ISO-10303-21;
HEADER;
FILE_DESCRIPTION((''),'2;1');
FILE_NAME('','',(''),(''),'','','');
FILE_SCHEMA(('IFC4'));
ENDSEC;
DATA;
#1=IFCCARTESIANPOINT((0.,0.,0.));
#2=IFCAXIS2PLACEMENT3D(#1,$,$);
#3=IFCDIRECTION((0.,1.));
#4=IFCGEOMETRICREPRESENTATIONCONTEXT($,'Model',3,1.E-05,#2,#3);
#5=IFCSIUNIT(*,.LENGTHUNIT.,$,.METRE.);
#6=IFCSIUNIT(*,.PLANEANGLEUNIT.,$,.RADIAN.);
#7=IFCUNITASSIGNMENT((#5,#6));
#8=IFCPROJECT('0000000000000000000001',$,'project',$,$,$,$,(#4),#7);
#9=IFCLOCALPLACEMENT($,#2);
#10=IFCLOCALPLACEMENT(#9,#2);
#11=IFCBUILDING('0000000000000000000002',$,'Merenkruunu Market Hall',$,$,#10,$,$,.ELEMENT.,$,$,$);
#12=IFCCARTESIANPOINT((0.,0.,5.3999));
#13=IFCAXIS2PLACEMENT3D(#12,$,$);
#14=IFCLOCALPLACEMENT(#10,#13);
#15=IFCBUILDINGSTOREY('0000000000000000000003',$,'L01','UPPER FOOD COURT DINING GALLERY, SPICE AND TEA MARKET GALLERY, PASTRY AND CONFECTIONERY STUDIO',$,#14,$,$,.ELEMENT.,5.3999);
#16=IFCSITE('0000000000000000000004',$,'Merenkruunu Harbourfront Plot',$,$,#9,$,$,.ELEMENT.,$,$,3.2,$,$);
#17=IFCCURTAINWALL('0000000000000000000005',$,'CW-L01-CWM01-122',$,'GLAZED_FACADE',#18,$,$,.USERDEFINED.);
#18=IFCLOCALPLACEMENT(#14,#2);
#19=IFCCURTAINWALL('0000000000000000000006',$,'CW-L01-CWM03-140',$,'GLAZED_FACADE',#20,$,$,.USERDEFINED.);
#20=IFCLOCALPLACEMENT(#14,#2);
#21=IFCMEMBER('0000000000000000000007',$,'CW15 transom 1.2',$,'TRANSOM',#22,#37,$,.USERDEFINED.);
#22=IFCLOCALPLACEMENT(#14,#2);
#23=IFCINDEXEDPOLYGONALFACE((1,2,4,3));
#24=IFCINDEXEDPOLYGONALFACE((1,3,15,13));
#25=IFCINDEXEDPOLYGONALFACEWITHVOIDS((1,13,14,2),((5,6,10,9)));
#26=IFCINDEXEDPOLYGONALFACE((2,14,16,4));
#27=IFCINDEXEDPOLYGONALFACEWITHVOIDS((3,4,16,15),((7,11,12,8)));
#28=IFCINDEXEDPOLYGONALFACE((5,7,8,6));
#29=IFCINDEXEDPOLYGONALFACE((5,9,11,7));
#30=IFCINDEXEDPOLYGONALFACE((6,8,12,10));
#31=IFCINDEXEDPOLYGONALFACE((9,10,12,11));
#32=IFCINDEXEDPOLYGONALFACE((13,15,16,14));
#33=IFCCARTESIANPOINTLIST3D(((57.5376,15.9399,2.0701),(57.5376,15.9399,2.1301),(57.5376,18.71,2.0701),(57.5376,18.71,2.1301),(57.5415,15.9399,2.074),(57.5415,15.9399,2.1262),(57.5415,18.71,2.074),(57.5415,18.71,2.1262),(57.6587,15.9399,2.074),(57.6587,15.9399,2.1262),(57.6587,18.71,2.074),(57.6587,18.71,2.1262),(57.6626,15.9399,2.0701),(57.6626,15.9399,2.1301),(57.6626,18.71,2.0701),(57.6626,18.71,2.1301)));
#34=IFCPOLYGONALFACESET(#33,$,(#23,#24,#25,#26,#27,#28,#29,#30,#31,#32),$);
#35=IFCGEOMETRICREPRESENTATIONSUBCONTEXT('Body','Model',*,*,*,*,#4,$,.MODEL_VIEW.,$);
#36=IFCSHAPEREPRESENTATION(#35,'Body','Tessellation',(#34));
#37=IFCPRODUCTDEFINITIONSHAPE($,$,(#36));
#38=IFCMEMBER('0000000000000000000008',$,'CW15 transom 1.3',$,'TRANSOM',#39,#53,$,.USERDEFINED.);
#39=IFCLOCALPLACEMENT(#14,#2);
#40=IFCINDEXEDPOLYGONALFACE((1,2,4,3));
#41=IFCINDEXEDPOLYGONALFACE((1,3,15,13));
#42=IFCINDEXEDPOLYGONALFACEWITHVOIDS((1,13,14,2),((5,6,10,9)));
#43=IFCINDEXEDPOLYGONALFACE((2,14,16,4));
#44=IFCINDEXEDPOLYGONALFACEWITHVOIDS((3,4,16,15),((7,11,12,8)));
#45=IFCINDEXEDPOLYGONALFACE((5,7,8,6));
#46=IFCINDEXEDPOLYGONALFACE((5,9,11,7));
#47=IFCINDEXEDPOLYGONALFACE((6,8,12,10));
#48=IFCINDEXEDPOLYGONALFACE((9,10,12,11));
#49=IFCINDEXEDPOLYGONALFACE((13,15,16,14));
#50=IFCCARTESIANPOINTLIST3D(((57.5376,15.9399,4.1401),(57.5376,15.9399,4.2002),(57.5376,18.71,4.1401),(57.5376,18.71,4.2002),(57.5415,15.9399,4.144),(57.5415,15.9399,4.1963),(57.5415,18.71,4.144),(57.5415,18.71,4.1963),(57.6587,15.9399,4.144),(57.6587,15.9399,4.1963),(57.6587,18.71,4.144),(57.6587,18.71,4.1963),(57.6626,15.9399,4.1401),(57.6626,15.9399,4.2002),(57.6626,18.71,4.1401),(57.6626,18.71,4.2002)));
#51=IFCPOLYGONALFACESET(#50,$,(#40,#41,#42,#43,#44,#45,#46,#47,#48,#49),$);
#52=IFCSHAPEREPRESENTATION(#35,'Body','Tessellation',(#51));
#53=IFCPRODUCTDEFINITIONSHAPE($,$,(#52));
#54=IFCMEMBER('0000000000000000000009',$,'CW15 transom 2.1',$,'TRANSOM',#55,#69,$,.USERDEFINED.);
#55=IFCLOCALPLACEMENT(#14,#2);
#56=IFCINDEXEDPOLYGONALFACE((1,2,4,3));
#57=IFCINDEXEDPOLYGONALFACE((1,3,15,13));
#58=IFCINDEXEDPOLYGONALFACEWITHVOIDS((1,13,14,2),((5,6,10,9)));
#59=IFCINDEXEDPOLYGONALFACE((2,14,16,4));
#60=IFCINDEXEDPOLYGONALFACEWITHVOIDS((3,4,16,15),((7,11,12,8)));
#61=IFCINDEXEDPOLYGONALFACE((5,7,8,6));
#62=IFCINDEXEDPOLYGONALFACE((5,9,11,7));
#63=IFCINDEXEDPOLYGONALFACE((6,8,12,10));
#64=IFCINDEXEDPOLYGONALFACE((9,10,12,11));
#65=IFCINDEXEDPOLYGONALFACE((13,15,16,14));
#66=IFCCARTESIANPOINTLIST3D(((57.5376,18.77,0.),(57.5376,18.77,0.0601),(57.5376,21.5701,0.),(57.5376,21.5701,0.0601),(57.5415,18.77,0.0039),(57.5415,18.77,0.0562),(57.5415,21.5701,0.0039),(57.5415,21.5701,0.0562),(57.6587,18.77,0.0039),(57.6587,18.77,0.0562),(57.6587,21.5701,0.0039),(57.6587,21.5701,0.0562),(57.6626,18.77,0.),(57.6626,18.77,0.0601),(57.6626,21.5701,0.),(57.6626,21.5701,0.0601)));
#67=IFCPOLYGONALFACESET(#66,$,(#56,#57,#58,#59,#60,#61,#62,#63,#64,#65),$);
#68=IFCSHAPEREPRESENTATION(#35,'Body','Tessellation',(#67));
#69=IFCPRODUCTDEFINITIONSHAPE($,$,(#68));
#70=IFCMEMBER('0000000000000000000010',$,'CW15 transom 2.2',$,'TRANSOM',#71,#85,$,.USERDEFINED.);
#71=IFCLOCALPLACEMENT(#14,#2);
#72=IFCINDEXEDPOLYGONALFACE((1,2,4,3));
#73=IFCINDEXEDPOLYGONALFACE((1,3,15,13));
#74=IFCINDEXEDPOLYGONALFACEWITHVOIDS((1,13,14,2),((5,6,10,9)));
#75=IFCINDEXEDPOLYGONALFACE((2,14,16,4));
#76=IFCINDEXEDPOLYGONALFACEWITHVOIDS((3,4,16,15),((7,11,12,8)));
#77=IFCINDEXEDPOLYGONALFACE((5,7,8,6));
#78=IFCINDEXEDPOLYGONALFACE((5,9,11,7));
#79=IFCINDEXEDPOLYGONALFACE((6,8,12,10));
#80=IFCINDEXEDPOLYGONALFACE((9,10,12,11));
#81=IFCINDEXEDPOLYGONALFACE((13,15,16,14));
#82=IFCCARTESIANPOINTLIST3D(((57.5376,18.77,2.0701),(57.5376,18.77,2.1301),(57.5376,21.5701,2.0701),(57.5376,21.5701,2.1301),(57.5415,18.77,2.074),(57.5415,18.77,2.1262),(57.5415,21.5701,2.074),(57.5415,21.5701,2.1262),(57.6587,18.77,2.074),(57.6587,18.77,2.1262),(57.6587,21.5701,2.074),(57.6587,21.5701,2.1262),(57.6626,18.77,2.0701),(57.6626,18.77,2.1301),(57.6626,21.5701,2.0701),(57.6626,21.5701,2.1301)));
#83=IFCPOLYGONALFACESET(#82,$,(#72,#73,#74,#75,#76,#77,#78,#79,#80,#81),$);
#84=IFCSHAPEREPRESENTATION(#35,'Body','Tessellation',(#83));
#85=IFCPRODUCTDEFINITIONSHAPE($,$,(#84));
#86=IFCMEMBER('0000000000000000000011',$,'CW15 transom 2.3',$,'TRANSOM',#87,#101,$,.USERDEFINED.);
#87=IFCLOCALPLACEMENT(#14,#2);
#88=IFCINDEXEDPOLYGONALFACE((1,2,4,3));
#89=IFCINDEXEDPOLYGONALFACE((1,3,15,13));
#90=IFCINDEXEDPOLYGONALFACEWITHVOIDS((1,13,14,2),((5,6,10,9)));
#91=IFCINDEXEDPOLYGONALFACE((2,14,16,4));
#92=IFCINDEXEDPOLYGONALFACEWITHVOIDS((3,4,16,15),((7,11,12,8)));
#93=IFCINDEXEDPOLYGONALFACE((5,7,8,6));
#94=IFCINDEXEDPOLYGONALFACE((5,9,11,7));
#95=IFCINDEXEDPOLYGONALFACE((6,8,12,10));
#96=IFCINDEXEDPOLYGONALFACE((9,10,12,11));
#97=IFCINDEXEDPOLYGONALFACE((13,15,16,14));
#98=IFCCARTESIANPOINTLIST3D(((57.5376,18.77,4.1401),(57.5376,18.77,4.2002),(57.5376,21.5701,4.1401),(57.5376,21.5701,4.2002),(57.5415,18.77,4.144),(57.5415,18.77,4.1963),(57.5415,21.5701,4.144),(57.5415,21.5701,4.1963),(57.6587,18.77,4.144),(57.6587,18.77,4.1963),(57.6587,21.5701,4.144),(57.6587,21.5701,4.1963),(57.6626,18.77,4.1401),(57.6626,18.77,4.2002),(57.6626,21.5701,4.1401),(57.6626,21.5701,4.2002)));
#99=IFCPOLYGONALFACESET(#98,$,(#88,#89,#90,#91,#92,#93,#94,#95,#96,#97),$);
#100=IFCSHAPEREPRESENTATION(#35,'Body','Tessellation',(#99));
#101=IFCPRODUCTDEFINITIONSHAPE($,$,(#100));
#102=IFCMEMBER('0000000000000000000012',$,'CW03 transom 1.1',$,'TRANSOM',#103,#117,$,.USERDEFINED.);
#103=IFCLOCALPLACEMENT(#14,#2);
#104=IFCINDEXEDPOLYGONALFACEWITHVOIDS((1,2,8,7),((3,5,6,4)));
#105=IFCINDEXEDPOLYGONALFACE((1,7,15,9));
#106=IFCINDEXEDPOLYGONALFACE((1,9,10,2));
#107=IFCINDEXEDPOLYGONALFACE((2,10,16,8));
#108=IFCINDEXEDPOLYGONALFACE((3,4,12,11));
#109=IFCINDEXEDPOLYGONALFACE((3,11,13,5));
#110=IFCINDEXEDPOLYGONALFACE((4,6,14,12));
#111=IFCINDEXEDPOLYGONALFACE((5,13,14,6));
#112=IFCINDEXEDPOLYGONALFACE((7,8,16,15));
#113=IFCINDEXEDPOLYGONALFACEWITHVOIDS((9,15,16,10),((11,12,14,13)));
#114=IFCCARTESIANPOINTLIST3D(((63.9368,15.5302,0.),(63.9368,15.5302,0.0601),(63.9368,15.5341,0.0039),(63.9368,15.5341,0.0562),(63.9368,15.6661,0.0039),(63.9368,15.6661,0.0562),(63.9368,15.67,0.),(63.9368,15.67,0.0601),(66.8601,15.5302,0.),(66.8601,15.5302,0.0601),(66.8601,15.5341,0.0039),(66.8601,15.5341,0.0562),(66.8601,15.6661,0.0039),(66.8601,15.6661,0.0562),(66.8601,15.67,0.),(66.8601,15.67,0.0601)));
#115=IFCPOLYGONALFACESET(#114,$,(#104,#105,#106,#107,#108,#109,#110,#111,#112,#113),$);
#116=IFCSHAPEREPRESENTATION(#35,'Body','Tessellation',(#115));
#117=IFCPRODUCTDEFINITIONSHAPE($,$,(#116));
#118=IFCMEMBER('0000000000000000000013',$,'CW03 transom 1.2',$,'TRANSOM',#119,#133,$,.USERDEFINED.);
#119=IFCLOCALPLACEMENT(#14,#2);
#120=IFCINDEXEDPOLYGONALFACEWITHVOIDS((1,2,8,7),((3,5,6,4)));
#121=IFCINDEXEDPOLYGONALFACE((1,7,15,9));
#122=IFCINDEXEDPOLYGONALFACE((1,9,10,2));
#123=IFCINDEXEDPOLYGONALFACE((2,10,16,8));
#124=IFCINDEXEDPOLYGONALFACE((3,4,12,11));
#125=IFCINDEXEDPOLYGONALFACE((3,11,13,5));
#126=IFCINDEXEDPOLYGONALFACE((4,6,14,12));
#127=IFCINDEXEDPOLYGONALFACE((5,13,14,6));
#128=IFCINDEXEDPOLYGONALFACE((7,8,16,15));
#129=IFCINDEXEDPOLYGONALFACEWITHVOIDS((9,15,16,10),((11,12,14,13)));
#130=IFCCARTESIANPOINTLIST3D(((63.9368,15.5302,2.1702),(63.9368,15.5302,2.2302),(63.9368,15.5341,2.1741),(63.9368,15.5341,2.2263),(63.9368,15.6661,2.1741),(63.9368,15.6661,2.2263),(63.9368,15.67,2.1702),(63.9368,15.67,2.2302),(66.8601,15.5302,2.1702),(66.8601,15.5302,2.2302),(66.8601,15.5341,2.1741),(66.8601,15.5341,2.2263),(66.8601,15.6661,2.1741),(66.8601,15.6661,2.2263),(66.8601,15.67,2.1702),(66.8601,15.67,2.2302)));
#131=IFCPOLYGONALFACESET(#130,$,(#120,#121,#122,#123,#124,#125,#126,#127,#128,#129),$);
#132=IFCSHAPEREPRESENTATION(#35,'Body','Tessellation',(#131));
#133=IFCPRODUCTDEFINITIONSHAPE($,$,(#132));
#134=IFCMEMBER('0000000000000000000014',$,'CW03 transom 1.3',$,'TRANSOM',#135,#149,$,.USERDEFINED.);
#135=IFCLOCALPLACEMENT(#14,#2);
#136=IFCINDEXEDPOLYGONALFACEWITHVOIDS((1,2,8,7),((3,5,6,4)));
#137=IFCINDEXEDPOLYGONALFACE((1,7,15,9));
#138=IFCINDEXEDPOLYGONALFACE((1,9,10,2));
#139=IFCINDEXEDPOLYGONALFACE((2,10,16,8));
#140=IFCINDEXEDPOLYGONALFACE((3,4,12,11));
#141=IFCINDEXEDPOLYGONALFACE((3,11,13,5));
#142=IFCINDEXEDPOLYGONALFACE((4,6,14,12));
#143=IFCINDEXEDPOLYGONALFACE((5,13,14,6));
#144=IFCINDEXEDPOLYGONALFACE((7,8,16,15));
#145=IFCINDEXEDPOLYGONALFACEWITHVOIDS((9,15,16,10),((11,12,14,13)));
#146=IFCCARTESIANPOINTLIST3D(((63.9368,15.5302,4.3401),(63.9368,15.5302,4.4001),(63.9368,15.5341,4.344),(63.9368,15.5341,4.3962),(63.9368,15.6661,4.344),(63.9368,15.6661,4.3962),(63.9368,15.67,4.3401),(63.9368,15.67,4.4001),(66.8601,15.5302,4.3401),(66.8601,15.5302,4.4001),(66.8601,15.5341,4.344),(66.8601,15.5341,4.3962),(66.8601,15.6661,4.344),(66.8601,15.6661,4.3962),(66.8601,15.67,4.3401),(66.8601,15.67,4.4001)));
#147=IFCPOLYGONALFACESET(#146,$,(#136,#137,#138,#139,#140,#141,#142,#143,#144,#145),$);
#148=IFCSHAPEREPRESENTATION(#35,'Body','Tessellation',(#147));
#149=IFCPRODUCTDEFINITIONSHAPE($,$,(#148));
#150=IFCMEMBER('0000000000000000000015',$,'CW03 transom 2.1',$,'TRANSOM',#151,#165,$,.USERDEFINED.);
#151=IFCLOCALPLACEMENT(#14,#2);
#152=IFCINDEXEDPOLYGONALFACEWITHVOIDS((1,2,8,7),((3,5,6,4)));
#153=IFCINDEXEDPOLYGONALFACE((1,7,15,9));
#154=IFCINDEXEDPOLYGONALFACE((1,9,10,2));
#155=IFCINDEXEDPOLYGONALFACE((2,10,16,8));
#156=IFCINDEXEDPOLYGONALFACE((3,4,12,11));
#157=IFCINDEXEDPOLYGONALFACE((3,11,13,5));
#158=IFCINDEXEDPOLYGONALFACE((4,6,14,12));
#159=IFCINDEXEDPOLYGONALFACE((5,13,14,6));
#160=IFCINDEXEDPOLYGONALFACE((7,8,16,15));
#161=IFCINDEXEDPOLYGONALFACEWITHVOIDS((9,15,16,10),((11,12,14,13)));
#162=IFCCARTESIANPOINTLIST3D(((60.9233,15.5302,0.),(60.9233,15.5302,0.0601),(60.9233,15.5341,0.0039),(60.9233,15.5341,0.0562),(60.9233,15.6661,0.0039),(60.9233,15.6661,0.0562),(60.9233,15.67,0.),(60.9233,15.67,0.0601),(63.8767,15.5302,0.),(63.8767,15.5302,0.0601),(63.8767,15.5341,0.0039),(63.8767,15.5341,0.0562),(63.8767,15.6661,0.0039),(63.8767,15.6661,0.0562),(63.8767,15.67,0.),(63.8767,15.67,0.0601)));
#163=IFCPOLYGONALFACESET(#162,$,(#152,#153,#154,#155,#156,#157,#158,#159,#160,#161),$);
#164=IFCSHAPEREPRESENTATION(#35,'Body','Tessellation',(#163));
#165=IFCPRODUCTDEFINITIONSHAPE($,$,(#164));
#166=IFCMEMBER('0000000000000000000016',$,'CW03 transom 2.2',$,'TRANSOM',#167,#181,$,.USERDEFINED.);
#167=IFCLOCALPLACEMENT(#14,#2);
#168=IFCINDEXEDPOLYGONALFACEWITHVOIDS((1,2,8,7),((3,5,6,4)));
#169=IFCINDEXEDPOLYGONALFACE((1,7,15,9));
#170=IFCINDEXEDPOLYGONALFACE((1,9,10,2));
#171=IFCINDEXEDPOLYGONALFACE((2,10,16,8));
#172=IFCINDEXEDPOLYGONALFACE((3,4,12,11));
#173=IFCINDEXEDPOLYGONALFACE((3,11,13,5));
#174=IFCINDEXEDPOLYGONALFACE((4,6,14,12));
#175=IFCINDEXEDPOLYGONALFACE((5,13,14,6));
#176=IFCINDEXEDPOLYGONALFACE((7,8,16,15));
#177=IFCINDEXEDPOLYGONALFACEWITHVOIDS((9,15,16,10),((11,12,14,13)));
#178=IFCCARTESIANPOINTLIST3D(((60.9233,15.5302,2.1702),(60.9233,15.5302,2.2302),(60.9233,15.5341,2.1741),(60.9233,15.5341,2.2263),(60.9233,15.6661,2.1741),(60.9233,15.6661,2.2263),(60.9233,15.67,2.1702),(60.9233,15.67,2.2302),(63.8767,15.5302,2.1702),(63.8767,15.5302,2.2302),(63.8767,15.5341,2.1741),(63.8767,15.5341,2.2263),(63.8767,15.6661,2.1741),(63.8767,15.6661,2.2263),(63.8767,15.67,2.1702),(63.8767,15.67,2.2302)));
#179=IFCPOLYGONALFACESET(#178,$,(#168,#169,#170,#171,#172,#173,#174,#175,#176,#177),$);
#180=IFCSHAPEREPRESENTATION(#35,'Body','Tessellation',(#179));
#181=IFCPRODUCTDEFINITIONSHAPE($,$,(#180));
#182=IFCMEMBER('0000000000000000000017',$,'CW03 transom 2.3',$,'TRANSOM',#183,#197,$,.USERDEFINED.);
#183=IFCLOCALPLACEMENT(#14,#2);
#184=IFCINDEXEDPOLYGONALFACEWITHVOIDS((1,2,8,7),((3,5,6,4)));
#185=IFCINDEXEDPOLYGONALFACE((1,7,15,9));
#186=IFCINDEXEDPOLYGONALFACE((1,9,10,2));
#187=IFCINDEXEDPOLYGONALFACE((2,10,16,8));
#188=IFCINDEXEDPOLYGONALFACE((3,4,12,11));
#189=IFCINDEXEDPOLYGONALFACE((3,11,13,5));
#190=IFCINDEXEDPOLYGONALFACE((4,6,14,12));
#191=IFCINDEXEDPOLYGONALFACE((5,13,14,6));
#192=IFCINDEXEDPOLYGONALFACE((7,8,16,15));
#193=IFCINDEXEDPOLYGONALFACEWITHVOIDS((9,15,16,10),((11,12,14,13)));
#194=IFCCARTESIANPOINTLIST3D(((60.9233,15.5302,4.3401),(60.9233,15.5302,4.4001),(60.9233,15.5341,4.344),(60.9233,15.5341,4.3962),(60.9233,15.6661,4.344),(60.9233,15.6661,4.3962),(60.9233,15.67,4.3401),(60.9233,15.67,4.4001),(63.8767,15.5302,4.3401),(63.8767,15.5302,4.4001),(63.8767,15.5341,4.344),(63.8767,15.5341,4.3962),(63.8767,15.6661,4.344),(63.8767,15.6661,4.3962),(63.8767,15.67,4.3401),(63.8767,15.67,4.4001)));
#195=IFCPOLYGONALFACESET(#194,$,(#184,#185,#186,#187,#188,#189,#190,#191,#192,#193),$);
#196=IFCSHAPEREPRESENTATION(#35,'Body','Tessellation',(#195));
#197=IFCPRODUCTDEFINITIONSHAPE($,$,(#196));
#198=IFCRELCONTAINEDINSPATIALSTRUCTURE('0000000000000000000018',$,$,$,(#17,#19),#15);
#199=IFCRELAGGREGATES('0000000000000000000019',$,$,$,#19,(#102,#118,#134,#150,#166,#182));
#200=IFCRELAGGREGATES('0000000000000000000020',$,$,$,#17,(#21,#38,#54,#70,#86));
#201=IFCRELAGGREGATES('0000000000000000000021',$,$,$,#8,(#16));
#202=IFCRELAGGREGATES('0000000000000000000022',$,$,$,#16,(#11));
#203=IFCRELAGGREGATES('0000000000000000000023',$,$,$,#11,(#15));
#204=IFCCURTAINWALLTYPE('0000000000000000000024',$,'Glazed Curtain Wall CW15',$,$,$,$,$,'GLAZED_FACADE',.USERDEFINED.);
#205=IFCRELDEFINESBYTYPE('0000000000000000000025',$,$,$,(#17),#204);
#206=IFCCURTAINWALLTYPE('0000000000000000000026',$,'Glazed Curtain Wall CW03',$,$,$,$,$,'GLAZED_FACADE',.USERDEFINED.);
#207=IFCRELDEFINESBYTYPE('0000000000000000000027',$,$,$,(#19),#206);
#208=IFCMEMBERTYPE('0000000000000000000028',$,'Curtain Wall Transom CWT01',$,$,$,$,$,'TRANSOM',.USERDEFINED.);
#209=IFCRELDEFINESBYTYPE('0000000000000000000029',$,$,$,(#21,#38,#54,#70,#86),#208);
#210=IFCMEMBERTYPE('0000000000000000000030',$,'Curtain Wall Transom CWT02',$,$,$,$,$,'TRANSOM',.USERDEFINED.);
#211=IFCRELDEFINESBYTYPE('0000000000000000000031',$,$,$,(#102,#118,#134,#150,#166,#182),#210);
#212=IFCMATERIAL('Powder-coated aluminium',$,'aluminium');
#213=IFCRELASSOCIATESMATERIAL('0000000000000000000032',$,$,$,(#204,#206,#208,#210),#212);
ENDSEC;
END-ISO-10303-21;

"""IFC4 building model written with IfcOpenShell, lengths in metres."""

from ifc_helpers import new_model, si_unit, direction, frame, origin, origin_2d, place, context, subcontext, project, spatial, hollow_rectangle, extrude, material, material_profile, profile_set, type_object, element, aggregate, save


model = new_model("IFC4")

# Units and contexts
model_context = context("Model", 3, precision=1e-05, world=origin(), true_north=direction((0.0, 1.0)))
body_context = subcontext(model_context, "Body", "Model", "MODEL_VIEW")
ifc_project = project(units=[si_unit("LENGTHUNIT", "METRE"), si_unit("PLANEANGLEUNIT", "RADIAN")], contexts=[model_context])

# Site, building, storey
site_placement = place(None, origin())
site = spatial("IfcSite", under=ifc_project, at=site_placement, Name="Merenkruunu Harbourfront Plot", CompositionType="ELEMENT", RefElevation=3.2)
building_placement = place(site_placement, origin())
building = spatial("IfcBuilding", under=site, at=building_placement, Name="Merenkruunu Market Hall", CompositionType="ELEMENT")
storey_placement = place(building_placement, frame((0.0, 0.0, 5.3999)))
storey = spatial("IfcBuildingStorey", under=building, at=storey_placement, Name="L01", Description="UPPER FOOD COURT DINING GALLERY, SPICE AND TEA MARKET GALLERY, PASTRY AND CONFECTIONERY STUDIO", CompositionType="ELEMENT", Elevation=5.3999)

# Curtain walls
ifc_material_1 = material(Name="Powder-coated aluminium", Category="aluminium")
curtain_wall_type_1 = type_object("IfcCurtainWallType", Name="Glazed Curtain Wall CW15", ElementType="GLAZED_FACADE", PredefinedType="USERDEFINED", material=ifc_material_1)
curtain_wall_1_placement = place(storey_placement, origin())
curtain_wall_1 = element("IfcCurtainWall", 1, at=curtain_wall_1_placement, inside=storey, type_object=curtain_wall_type_1, Name="CW-L01-CWM01-122", ObjectType="GLAZED_FACADE", PredefinedType="USERDEFINED")
curtain_wall_type_2 = type_object("IfcCurtainWallType", Name="Glazed Curtain Wall CW03", ElementType="GLAZED_FACADE", PredefinedType="USERDEFINED", material=ifc_material_1)
curtain_wall_2_placement = place(storey_placement, origin())
curtain_wall_2 = element("IfcCurtainWall", 2, at=curtain_wall_2_placement, inside=storey, type_object=curtain_wall_type_2, Name="CW-L01-CWM03-140", ObjectType="GLAZED_FACADE", PredefinedType="USERDEFINED")

# Members
ifc_material_profile_1 = material_profile(ifc_material_1, hollow_rectangle(XDim=0.0601, YDim=0.125, WallThickness=0.0039, at=origin_2d()), Name="ALU 60x125x4")
ifc_profile_set_1 = profile_set([ifc_material_profile_1], Name="Powder-coated aluminium")
member_type_1 = type_object("IfcMemberType", Name="Curtain Wall Transom CWT01", ElementType="TRANSOM", PredefinedType="USERDEFINED", material=ifc_profile_set_1)
member_1_placement = place(storey_placement, frame((57.6001, 15.9399, 2.1001), z_axis=(0.0, 1.0, 0.0), x_axis=(0.0, 0.0, 1.0)))
member_1 = element("IfcMember", 3, at=member_1_placement, type_object=member_type_1, Name="CW15 transom 1.2", ObjectType="TRANSOM", PredefinedType="USERDEFINED", context=body_context, shape_type="SweptSolid", body=[
    extrude(hollow_rectangle(XDim=0.0601, YDim=0.125, WallThickness=0.0039, at=origin_2d()), origin(), (0.0, 0.0, 1.0), 2.77),
])
member_2_placement = place(storey_placement, frame((57.6001, 15.9399, 4.1702), z_axis=(0.0, 1.0, 0.0), x_axis=(0.0, 0.0, 1.0)))
member_2 = element("IfcMember", 4, at=member_2_placement, type_object=member_type_1, Name="CW15 transom 1.3", ObjectType="TRANSOM", PredefinedType="USERDEFINED", context=body_context, shape_type="SweptSolid", body=[
    extrude(hollow_rectangle(XDim=0.0601, YDim=0.125, WallThickness=0.0039, at=origin_2d()), origin(), (0.0, 0.0, 1.0), 2.77),
])
member_3_placement = place(storey_placement, frame((57.6001, 18.77, 0.03), z_axis=(0.0, 1.0, 0.0), x_axis=(0.0, 0.0, 1.0)))
member_3 = element("IfcMember", 5, at=member_3_placement, type_object=member_type_1, Name="CW15 transom 2.1", ObjectType="TRANSOM", PredefinedType="USERDEFINED", context=body_context, shape_type="SweptSolid", body=[
    extrude(hollow_rectangle(XDim=0.0601, YDim=0.125, WallThickness=0.0039, at=origin_2d()), origin(), (0.0, 0.0, 1.0), 2.8),
])
member_4_placement = place(storey_placement, frame((57.6001, 18.77, 2.1001), z_axis=(0.0, 1.0, 0.0), x_axis=(0.0, 0.0, 1.0)))
member_4 = element("IfcMember", 6, at=member_4_placement, type_object=member_type_1, Name="CW15 transom 2.2", ObjectType="TRANSOM", PredefinedType="USERDEFINED", context=body_context, shape_type="SweptSolid", body=[
    extrude(hollow_rectangle(XDim=0.0601, YDim=0.125, WallThickness=0.0039, at=origin_2d()), origin(), (0.0, 0.0, 1.0), 2.8),
])
member_5_placement = place(storey_placement, frame((57.6001, 18.77, 4.1702), z_axis=(0.0, 1.0, 0.0), x_axis=(0.0, 0.0, 1.0)))
member_5 = element("IfcMember", 7, at=member_5_placement, type_object=member_type_1, Name="CW15 transom 2.3", ObjectType="TRANSOM", PredefinedType="USERDEFINED", context=body_context, shape_type="SweptSolid", body=[
    extrude(hollow_rectangle(XDim=0.0601, YDim=0.125, WallThickness=0.0039, at=origin_2d()), origin(), (0.0, 0.0, 1.0), 2.8),
])
ifc_material_profile_2 = material_profile(ifc_material_1, hollow_rectangle(XDim=0.0601, YDim=0.1399, WallThickness=0.0039, at=origin_2d()), Name="ALU 60x140x4")
ifc_profile_set_2 = profile_set([ifc_material_profile_2], Name="Powder-coated aluminium")
member_type_2 = type_object("IfcMemberType", Name="Curtain Wall Transom CWT02", ElementType="TRANSOM", PredefinedType="USERDEFINED", material=ifc_profile_set_2)
member_6_placement = place(storey_placement, frame((66.8601, 15.6001, 0.03), z_axis=(-1.0, 0.0, 0.0), x_axis=(0.0, 0.0, 1.0)))
member_6 = element("IfcMember", 8, at=member_6_placement, type_object=member_type_2, Name="CW03 transom 1.1", ObjectType="TRANSOM", PredefinedType="USERDEFINED", context=body_context, shape_type="SweptSolid", body=[
    extrude(hollow_rectangle(XDim=0.0601, YDim=0.1399, WallThickness=0.0039, at=origin_2d()), origin(), (0.0, 0.0, 1.0), 2.9233),
])
member_7_placement = place(storey_placement, frame((66.8601, 15.6001, 2.2002), z_axis=(-1.0, 0.0, 0.0), x_axis=(0.0, 0.0, 1.0)))
member_7 = element("IfcMember", 9, at=member_7_placement, type_object=member_type_2, Name="CW03 transom 1.2", ObjectType="TRANSOM", PredefinedType="USERDEFINED", context=body_context, shape_type="SweptSolid", body=[
    extrude(hollow_rectangle(XDim=0.0601, YDim=0.1399, WallThickness=0.0039, at=origin_2d()), origin(), (0.0, 0.0, 1.0), 2.9233),
])
member_8_placement = place(storey_placement, frame((66.8601, 15.6001, 4.3701), z_axis=(-1.0, 0.0, 0.0), x_axis=(0.0, 0.0, 1.0)))
member_8 = element("IfcMember", 10, at=member_8_placement, type_object=member_type_2, Name="CW03 transom 1.3", ObjectType="TRANSOM", PredefinedType="USERDEFINED", context=body_context, shape_type="SweptSolid", body=[
    extrude(hollow_rectangle(XDim=0.0601, YDim=0.1399, WallThickness=0.0039, at=origin_2d()), origin(), (0.0, 0.0, 1.0), 2.9233),
])
member_9_placement = place(storey_placement, frame((63.8767, 15.6001, 0.03), z_axis=(-1.0, 0.0, 0.0), x_axis=(0.0, 0.0, 1.0)))
member_9 = element("IfcMember", 11, at=member_9_placement, type_object=member_type_2, Name="CW03 transom 2.1", ObjectType="TRANSOM", PredefinedType="USERDEFINED", context=body_context, shape_type="SweptSolid", body=[
    extrude(hollow_rectangle(XDim=0.0601, YDim=0.1399, WallThickness=0.0039, at=origin_2d()), origin(), (0.0, 0.0, 1.0), 2.9534),
])
member_10_placement = place(storey_placement, frame((63.8767, 15.6001, 2.2002), z_axis=(-1.0, 0.0, 0.0), x_axis=(0.0, 0.0, 1.0)))
member_10 = element("IfcMember", 12, at=member_10_placement, type_object=member_type_2, Name="CW03 transom 2.2", ObjectType="TRANSOM", PredefinedType="USERDEFINED", context=body_context, shape_type="SweptSolid", body=[
    extrude(hollow_rectangle(XDim=0.0601, YDim=0.1399, WallThickness=0.0039, at=origin_2d()), origin(), (0.0, 0.0, 1.0), 2.9534),
])
member_11_placement = place(storey_placement, frame((63.8767, 15.6001, 4.3701), z_axis=(-1.0, 0.0, 0.0), x_axis=(0.0, 0.0, 1.0)))
member_11 = element("IfcMember", 13, at=member_11_placement, type_object=member_type_2, Name="CW03 transom 2.3", ObjectType="TRANSOM", PredefinedType="USERDEFINED", context=body_context, shape_type="SweptSolid", body=[
    extrude(hollow_rectangle(XDim=0.0601, YDim=0.1399, WallThickness=0.0039, at=origin_2d()), origin(), (0.0, 0.0, 1.0), 2.9534),
])

aggregate(curtain_wall_2, [member_6, member_7, member_8, member_9, member_10, member_11])
aggregate(curtain_wall_1, [member_1, member_2, member_3, member_4, member_5])

save(model, "model.ifc")
